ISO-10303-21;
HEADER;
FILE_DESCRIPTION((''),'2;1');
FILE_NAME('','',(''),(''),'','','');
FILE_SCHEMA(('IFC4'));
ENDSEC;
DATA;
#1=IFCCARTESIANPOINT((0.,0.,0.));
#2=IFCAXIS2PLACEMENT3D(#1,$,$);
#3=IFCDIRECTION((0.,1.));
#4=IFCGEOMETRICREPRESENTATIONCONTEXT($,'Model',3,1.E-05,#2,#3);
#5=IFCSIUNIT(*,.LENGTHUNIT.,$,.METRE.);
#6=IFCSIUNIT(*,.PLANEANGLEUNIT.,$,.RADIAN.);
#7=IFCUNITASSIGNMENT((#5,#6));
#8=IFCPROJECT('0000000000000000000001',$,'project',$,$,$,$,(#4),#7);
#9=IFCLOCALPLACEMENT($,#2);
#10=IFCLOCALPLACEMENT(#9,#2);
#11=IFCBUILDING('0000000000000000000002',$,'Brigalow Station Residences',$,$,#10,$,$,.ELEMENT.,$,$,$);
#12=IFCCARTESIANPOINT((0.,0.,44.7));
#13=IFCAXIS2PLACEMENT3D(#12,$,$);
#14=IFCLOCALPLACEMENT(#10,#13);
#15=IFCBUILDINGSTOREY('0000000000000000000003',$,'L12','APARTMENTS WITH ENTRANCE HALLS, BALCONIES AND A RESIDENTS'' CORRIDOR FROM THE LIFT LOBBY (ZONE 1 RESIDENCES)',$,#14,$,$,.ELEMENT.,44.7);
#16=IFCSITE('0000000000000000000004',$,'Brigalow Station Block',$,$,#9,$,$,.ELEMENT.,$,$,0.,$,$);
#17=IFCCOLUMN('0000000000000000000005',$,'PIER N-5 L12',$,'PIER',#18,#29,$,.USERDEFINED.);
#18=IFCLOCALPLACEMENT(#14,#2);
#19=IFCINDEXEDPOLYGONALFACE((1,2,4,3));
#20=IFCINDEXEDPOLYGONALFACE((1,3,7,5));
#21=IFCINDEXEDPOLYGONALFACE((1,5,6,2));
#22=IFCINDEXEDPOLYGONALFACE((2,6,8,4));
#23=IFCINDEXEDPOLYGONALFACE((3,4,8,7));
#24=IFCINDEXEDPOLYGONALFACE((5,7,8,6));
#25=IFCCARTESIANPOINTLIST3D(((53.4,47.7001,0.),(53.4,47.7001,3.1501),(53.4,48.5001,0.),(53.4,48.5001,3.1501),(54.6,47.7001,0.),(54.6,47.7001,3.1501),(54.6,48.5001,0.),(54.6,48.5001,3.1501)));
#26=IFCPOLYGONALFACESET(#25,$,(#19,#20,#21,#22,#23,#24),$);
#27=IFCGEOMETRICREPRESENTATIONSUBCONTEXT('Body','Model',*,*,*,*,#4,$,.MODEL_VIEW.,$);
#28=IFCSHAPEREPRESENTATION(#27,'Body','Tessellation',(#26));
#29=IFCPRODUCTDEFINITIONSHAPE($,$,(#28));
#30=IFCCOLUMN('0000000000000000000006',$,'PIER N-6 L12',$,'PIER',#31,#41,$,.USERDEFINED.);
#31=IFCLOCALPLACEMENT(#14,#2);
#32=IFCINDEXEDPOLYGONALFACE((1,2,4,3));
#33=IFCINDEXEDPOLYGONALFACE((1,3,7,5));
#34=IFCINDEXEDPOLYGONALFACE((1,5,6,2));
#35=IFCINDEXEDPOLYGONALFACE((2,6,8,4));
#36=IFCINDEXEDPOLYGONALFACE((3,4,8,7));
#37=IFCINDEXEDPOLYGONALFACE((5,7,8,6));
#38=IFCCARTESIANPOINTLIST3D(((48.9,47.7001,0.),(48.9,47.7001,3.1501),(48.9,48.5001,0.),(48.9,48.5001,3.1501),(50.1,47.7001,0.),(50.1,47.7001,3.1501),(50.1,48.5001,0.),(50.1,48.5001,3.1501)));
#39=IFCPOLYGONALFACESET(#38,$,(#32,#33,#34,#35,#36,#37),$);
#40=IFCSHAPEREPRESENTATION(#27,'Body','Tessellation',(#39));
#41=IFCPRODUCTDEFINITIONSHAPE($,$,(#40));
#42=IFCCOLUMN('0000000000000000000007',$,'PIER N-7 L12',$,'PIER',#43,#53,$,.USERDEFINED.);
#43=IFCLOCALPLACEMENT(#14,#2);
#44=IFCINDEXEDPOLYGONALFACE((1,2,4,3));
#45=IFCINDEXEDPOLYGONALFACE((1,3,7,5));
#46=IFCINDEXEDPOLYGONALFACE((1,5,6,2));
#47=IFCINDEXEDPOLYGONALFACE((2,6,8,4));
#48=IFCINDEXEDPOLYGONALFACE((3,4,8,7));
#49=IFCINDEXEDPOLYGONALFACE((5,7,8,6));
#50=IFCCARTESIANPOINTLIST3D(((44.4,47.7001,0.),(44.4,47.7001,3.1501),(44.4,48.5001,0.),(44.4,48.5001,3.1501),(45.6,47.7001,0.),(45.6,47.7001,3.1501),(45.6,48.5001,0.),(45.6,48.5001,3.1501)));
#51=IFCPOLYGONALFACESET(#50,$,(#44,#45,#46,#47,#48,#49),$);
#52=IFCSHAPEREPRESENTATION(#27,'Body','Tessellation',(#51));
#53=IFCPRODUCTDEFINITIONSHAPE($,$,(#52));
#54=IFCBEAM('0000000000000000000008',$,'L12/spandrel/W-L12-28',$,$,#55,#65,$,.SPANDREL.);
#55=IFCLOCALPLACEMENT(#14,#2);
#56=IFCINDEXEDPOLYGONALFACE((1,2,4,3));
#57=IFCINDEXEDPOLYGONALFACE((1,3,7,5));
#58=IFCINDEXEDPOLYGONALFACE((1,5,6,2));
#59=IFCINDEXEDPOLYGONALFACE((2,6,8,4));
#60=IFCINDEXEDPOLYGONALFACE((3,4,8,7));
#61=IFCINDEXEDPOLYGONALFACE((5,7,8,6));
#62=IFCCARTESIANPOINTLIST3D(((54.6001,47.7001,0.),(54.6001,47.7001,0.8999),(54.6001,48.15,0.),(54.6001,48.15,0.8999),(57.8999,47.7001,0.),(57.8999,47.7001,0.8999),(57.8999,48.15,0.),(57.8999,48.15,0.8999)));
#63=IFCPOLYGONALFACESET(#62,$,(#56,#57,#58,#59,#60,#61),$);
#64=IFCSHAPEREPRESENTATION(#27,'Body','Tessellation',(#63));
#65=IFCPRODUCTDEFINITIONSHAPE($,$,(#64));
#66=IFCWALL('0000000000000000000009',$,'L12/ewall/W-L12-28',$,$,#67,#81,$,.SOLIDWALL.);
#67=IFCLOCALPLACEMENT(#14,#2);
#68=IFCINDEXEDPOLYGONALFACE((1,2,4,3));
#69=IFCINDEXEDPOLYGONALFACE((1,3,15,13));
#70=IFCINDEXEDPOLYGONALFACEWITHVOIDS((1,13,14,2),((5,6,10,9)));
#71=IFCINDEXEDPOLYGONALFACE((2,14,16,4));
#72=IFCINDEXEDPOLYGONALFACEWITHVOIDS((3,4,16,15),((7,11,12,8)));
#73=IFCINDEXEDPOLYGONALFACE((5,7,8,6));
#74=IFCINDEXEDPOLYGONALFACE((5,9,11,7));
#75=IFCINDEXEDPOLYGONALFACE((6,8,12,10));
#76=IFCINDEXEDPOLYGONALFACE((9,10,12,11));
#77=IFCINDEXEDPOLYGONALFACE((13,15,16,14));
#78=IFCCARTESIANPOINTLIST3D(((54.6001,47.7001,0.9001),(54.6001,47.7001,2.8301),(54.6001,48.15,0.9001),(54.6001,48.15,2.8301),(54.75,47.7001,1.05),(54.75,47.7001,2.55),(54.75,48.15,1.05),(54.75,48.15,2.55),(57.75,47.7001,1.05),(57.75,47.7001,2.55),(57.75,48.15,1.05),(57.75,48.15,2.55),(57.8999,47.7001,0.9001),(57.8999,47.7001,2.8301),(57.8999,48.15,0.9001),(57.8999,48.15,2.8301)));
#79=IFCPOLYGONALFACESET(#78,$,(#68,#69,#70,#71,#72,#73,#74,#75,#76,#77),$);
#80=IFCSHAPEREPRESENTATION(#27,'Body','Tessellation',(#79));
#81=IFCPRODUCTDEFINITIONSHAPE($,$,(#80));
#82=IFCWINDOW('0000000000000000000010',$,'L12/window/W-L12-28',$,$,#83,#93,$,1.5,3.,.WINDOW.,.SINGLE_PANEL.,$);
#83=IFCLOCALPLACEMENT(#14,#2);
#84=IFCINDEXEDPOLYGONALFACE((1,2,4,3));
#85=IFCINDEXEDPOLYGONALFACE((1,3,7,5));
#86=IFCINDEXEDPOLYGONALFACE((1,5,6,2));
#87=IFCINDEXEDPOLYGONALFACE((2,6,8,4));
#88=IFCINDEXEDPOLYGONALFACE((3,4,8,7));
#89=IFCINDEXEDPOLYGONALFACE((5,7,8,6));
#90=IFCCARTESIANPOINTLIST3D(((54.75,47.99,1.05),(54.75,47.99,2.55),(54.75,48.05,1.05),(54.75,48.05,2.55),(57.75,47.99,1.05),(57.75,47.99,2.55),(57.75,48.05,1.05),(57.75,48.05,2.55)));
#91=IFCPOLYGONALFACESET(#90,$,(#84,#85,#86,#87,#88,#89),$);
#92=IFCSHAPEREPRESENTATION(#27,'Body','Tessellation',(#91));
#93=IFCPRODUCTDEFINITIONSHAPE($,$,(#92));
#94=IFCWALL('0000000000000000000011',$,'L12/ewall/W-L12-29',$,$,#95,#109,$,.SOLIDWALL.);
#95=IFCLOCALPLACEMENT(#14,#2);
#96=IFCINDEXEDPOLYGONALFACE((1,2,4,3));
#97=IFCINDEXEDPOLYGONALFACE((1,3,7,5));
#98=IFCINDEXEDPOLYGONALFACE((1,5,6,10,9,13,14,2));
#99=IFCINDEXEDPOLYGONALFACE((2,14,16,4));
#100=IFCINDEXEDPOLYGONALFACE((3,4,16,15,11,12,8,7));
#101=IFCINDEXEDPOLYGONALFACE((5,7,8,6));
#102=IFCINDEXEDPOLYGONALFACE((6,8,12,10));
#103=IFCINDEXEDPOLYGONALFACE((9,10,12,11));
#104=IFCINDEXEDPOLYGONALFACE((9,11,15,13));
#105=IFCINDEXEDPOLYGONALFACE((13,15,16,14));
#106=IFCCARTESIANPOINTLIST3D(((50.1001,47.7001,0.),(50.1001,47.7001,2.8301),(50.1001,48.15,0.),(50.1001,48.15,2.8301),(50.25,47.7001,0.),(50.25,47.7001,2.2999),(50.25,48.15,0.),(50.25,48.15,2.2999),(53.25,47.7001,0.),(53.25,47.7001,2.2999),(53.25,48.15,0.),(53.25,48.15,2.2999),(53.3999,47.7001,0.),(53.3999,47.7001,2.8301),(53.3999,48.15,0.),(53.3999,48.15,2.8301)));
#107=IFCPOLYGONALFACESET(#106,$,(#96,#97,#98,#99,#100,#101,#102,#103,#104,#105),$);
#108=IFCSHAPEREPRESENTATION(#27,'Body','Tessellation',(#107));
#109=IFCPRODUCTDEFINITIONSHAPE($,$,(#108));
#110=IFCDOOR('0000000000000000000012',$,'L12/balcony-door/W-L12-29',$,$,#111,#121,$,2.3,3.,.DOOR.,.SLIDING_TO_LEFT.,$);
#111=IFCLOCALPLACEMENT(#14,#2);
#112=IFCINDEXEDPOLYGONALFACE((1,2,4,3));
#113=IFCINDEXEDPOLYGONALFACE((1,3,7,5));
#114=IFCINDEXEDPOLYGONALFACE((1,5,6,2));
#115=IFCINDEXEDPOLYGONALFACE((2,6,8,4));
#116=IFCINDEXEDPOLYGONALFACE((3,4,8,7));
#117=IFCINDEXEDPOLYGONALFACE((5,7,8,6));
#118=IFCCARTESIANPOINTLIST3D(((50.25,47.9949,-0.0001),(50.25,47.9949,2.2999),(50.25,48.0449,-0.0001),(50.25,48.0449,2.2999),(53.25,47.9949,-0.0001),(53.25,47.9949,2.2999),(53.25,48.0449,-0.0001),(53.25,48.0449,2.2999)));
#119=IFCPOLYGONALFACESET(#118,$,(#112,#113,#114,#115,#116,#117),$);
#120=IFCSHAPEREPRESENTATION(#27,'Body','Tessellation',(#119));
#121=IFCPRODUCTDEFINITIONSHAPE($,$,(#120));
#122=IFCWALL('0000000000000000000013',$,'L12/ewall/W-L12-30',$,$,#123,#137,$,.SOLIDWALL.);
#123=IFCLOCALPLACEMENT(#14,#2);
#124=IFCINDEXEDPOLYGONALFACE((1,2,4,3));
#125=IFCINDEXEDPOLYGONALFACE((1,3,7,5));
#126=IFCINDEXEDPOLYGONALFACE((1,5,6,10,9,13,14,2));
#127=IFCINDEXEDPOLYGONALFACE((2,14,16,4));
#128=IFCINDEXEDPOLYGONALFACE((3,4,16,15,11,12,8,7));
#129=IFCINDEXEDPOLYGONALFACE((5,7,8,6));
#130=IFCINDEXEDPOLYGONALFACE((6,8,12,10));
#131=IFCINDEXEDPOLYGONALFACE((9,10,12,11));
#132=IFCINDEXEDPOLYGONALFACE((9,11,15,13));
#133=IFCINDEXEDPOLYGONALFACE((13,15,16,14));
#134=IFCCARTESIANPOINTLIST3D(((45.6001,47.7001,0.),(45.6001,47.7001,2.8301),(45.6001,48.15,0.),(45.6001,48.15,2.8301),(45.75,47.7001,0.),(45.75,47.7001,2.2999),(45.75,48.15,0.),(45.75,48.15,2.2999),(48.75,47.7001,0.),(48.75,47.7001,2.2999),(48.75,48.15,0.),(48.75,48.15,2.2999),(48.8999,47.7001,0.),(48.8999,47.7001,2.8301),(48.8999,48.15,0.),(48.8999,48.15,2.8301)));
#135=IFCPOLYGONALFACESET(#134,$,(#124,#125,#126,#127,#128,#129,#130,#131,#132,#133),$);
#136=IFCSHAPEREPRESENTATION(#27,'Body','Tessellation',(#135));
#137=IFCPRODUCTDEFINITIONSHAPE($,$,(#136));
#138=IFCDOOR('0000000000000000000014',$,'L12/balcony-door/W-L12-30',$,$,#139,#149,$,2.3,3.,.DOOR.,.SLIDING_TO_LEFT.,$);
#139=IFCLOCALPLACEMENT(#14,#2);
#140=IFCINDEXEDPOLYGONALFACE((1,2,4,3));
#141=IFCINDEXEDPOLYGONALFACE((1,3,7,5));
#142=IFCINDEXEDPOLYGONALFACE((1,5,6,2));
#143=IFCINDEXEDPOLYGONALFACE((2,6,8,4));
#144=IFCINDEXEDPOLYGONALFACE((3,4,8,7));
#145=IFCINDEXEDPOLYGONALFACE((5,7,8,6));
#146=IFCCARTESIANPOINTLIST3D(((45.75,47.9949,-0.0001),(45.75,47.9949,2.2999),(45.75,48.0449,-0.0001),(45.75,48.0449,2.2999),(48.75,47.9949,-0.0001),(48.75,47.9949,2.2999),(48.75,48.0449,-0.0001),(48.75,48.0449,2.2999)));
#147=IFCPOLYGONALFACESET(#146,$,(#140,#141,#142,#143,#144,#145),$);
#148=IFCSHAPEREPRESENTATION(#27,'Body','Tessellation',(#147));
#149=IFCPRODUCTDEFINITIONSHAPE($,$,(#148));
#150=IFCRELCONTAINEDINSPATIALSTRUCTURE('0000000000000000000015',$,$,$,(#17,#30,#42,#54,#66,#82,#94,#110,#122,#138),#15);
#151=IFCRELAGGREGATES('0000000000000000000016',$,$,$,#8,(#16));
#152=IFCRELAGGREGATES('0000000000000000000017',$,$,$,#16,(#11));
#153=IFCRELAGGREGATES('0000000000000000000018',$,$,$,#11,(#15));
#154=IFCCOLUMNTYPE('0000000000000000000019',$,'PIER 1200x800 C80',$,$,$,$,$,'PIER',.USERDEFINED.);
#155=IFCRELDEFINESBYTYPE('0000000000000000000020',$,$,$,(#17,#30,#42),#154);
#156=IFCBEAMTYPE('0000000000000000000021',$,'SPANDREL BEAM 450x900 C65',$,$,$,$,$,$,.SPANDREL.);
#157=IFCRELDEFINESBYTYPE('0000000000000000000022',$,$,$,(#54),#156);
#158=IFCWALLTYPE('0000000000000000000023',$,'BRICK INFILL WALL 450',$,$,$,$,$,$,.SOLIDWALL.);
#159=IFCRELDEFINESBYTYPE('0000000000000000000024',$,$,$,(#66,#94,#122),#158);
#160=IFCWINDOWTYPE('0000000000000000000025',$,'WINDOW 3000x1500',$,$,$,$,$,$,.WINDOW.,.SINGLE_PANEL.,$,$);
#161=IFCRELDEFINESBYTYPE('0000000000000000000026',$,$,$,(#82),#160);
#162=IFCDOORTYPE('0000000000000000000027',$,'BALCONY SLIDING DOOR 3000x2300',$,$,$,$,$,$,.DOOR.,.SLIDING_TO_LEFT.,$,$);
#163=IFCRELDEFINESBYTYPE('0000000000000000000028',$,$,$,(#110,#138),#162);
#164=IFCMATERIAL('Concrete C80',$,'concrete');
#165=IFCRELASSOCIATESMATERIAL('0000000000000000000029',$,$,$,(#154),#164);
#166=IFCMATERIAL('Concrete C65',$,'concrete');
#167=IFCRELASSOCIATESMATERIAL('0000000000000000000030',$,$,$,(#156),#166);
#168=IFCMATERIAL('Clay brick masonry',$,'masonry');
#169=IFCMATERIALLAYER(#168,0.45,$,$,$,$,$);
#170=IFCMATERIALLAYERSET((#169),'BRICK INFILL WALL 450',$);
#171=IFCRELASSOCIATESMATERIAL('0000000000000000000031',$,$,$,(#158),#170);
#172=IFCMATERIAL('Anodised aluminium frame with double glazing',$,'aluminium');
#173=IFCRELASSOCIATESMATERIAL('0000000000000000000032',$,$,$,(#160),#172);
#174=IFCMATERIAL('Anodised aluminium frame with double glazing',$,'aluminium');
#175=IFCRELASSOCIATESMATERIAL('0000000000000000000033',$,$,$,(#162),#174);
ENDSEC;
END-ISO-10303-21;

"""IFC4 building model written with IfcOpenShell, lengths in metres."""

from ifc_helpers import new_model, si_unit, direction, frame, frame_2d, origin, origin_2d, place, context, subcontext, project, spatial, rectangle, extrude, material, layer, layer_set, material_profile, profile_set, type_object, element, fill, save


model = new_model("IFC4")

# Units and contexts
model_context = context("Model", 3, precision=1e-05, world=origin(), true_north=direction((0.0, 1.0)))
body_context = subcontext(model_context, "Body", "Model", "MODEL_VIEW")
ifc_project = project(units=[si_unit("LENGTHUNIT", "METRE"), si_unit("PLANEANGLEUNIT", "RADIAN")], contexts=[model_context])

# Site, building, storey
site_placement = place(None, origin())
site = spatial("IfcSite", under=ifc_project, at=site_placement, Name="Brigalow Station Block", CompositionType="ELEMENT", RefElevation=0.0)
building_placement = place(site_placement, origin())
building = spatial("IfcBuilding", under=site, at=building_placement, Name="Brigalow Station Residences", CompositionType="ELEMENT")
storey_placement = place(building_placement, frame((0.0, 0.0, 44.7)))
storey = spatial("IfcBuildingStorey", under=building, at=storey_placement, Name="L12", Description="APARTMENTS WITH ENTRANCE HALLS, BALCONIES AND A RESIDENTS' CORRIDOR FROM THE LIFT LOBBY (ZONE 1 RESIDENCES)", CompositionType="ELEMENT", Elevation=44.7)

# Columns
ifc_material_1 = material(Name="Concrete C80", Category="concrete")
ifc_material_profile_1 = material_profile(ifc_material_1, rectangle(XDim=1.2, YDim=0.8, at=origin_2d()), Name="RC1200x800")
ifc_profile_set_1 = profile_set([ifc_material_profile_1], Name="Concrete C80")
column_type = type_object("IfcColumnType", Name="PIER 1200x800 C80", ElementType="PIER", PredefinedType="USERDEFINED", material=ifc_profile_set_1)
for number, where, z_axis, x_axis, name in (
    (1, (54.0, 48.1001, 0.0), (0.0, 0.0, 1.0), (-1.0, 0.0, 0.0), "PIER N-5 L12"),
    (2, (49.5, 48.1001, 0.0), (0.0, 0.0, 1.0), (-1.0, 0.0, 0.0), "PIER N-6 L12"),
    (3, (45.0, 48.1001, 0.0), (0.0, 0.0, 1.0), (-1.0, 0.0, 0.0), "PIER N-7 L12"),
):
    element("IfcColumn", number, at=place(storey_placement, frame(where, z_axis=z_axis, x_axis=x_axis)), inside=storey, type_object=column_type, Name=name, ObjectType="PIER", PredefinedType="USERDEFINED", context=body_context, shape_type="SweptSolid", body=[
        extrude(rectangle(XDim=1.2, YDim=0.8, at=origin_2d()), origin(), (0.0, 0.0, 1.0), 3.1501),
    ])

# Beam
ifc_material_2 = material(Name="Concrete C65", Category="concrete")
ifc_material_profile_2 = material_profile(ifc_material_2, rectangle(XDim=0.45, YDim=0.8999, at=origin_2d()), Name="RC450x900")
ifc_profile_set_2 = profile_set([ifc_material_profile_2], Name="Concrete C65")
beam_type = type_object("IfcBeamType", Name="SPANDREL BEAM 450x900 C65", PredefinedType="SPANDREL", material=ifc_profile_set_2)
beam_placement = place(storey_placement, frame((57.8999, 47.925, 0.45), z_axis=(-1.0, 0.0, 0.0), x_axis=(0.0, -1.0, 0.0)))
element("IfcBeam", 4, at=beam_placement, inside=storey, type_object=beam_type, Name="L12/spandrel/W-L12-28", PredefinedType="SPANDREL", context=body_context, shape_type="SweptSolid", body=[
    extrude(rectangle(XDim=0.45, YDim=0.8999, at=origin_2d()), origin(), (0.0, 0.0, 1.0), 3.2998),
])

# Wall, opening, window
ifc_material_3 = material(Name="Clay brick masonry", Category="masonry")
ifc_layer_1 = layer(ifc_material_3, 0.45)
ifc_layer_set_1 = layer_set([ifc_layer_1], Name="BRICK INFILL WALL 450")
wall_type_1 = type_object("IfcWallType", Name="BRICK INFILL WALL 450", PredefinedType="SOLIDWALL", material=ifc_layer_set_1)
wall_1_placement = place(storey_placement, frame((57.8999, 47.925, 0.9001), z_axis=(0.0, 0.0, 1.0), x_axis=(-1.0, 0.0, 0.0)))
wall_1 = element("IfcWall", 5, at=wall_1_placement, inside=storey, type_object=wall_type_1, Name="L12/ewall/W-L12-28", PredefinedType="SOLIDWALL", context=body_context, shape_type="SweptSolid", body=[
    extrude(rectangle(XDim=3.2998, YDim=0.45, at=frame_2d((1.6499, 0.0))), origin(), (0.0, 0.0, 1.0), 1.9299),
])
opening_1_placement = place(wall_1_placement, frame((0.1499, 0.0, 0.1499)))
opening_1 = element("IfcOpeningElement", 6, at=opening_1_placement, cuts=wall_1, PredefinedType="OPENING", context=body_context, shape_type="SweptSolid", body=[
    extrude(rectangle(XDim=3.0, YDim=1.5, at=frame_2d((1.5, 0.75))), frame((0.0, 0.2349, 0.0), z_axis=(0.0, -1.0, 0.0), x_axis=(1.0, 0.0, 0.0)), (0.0, 0.0, 1.0), 0.47),
])
ifc_material_4 = material(Name="Anodised aluminium frame with double glazing", Category="aluminium")
window_type = type_object("IfcWindowType", Name="WINDOW 3000x1500", PartitioningType="SINGLE_PANEL", PredefinedType="WINDOW", material=ifc_material_4)
window_placement = place(opening_1_placement, origin())
window = element("IfcWindow", 7, at=window_placement, inside=storey, type_object=window_type, Name="L12/window/W-L12-28", OverallHeight=1.5, OverallWidth=3.0, PartitioningType="SINGLE_PANEL", PredefinedType="WINDOW", context=body_context, shape_type="SweptSolid", body=[
    extrude(rectangle(XDim=3.0, YDim=1.5, at=frame_2d((1.5, 0.75))), frame((0.0, -0.0649, 0.0), z_axis=(0.0, -1.0, 0.0), x_axis=(1.0, 0.0, 0.0)), (0.0, 0.0, 1.0), 0.0601),
])
fill(opening_1, window)

# Walls, openings, doors
wall_2_placement = place(storey_placement, frame((53.3999, 47.925, 0.0), z_axis=(0.0, 0.0, 1.0), x_axis=(-1.0, 0.0, 0.0)))
wall_2 = element("IfcWall", 8, at=wall_2_placement, inside=storey, type_object=wall_type_1, Name="L12/ewall/W-L12-29", PredefinedType="SOLIDWALL", context=body_context, shape_type="SweptSolid", body=[
    extrude(rectangle(XDim=3.2998, YDim=0.45, at=frame_2d((1.6499, 0.0))), origin(), (0.0, 0.0, 1.0), 2.8301),
])
opening_2_placement = place(wall_2_placement, frame((0.1499, 0.0, 0.0)))
opening_2 = element("IfcOpeningElement", 9, at=opening_2_placement, cuts=wall_2, PredefinedType="OPENING", context=body_context, shape_type="SweptSolid", body=[
    extrude(rectangle(XDim=3.0, YDim=2.3, at=frame_2d((1.5, 1.1499))), frame((0.0, 0.2349, 0.0), z_axis=(0.0, -1.0, 0.0), x_axis=(1.0, 0.0, 0.0)), (0.0, 0.0, 1.0), 0.47),
])
ifc_material_5 = material(Name="Anodised aluminium frame with double glazing", Category="aluminium")
door_type_1 = type_object("IfcDoorType", Name="BALCONY SLIDING DOOR 3000x2300", OperationType="SLIDING_TO_LEFT", PredefinedType="DOOR", material=ifc_material_5)
door_1_placement = place(opening_2_placement, origin())
door_1 = element("IfcDoor", 10, at=door_1_placement, inside=storey, type_object=door_type_1, Name="L12/balcony-door/W-L12-29", OperationType="SLIDING_TO_LEFT", OverallHeight=2.3, OverallWidth=3.0, PredefinedType="DOOR", context=body_context, shape_type="SweptSolid", body=[
    extrude(rectangle(XDim=3.0, YDim=2.3, at=frame_2d((1.5, 1.1499))), frame((0.0, -0.0698, 0.0), z_axis=(0.0, -1.0, 0.0), x_axis=(1.0, 0.0, 0.0)), (0.0, 0.0, 1.0), 0.05),
])
fill(opening_2, door_1)
wall_3_placement = place(storey_placement, frame((48.8999, 47.925, 0.0), z_axis=(0.0, 0.0, 1.0), x_axis=(-1.0, 0.0, 0.0)))
wall_3 = element("IfcWall", 11, at=wall_3_placement, inside=storey, type_object=wall_type_1, Name="L12/ewall/W-L12-30", PredefinedType="SOLIDWALL", context=body_context, shape_type="SweptSolid", body=[
    extrude(rectangle(XDim=3.2998, YDim=0.45, at=frame_2d((1.6499, 0.0))), origin(), (0.0, 0.0, 1.0), 2.8301),
])
opening_3_placement = place(wall_3_placement, frame((0.1499, 0.0, 0.0)))
opening_3 = element("IfcOpeningElement", 12, at=opening_3_placement, cuts=wall_3, PredefinedType="OPENING", context=body_context, shape_type="SweptSolid", body=[
    extrude(rectangle(XDim=3.0, YDim=2.3, at=frame_2d((1.5, 1.1499))), frame((0.0, 0.2349, 0.0), z_axis=(0.0, -1.0, 0.0), x_axis=(1.0, 0.0, 0.0)), (0.0, 0.0, 1.0), 0.47),
])
door_2_placement = place(opening_3_placement, origin())
door_2 = element("IfcDoor", 13, at=door_2_placement, inside=storey, type_object=door_type_1, Name="L12/balcony-door/W-L12-30", OperationType="SLIDING_TO_LEFT", OverallHeight=2.3, OverallWidth=3.0, PredefinedType="DOOR", context=body_context, shape_type="SweptSolid", body=[
    extrude(rectangle(XDim=3.0, YDim=2.3, at=frame_2d((1.5, 1.1499))), frame((0.0, -0.0698, 0.0), z_axis=(0.0, -1.0, 0.0), x_axis=(1.0, 0.0, 0.0)), (0.0, 0.0, 1.0), 0.05),
])
fill(opening_3, door_2)

save(model, "model.ifc")
